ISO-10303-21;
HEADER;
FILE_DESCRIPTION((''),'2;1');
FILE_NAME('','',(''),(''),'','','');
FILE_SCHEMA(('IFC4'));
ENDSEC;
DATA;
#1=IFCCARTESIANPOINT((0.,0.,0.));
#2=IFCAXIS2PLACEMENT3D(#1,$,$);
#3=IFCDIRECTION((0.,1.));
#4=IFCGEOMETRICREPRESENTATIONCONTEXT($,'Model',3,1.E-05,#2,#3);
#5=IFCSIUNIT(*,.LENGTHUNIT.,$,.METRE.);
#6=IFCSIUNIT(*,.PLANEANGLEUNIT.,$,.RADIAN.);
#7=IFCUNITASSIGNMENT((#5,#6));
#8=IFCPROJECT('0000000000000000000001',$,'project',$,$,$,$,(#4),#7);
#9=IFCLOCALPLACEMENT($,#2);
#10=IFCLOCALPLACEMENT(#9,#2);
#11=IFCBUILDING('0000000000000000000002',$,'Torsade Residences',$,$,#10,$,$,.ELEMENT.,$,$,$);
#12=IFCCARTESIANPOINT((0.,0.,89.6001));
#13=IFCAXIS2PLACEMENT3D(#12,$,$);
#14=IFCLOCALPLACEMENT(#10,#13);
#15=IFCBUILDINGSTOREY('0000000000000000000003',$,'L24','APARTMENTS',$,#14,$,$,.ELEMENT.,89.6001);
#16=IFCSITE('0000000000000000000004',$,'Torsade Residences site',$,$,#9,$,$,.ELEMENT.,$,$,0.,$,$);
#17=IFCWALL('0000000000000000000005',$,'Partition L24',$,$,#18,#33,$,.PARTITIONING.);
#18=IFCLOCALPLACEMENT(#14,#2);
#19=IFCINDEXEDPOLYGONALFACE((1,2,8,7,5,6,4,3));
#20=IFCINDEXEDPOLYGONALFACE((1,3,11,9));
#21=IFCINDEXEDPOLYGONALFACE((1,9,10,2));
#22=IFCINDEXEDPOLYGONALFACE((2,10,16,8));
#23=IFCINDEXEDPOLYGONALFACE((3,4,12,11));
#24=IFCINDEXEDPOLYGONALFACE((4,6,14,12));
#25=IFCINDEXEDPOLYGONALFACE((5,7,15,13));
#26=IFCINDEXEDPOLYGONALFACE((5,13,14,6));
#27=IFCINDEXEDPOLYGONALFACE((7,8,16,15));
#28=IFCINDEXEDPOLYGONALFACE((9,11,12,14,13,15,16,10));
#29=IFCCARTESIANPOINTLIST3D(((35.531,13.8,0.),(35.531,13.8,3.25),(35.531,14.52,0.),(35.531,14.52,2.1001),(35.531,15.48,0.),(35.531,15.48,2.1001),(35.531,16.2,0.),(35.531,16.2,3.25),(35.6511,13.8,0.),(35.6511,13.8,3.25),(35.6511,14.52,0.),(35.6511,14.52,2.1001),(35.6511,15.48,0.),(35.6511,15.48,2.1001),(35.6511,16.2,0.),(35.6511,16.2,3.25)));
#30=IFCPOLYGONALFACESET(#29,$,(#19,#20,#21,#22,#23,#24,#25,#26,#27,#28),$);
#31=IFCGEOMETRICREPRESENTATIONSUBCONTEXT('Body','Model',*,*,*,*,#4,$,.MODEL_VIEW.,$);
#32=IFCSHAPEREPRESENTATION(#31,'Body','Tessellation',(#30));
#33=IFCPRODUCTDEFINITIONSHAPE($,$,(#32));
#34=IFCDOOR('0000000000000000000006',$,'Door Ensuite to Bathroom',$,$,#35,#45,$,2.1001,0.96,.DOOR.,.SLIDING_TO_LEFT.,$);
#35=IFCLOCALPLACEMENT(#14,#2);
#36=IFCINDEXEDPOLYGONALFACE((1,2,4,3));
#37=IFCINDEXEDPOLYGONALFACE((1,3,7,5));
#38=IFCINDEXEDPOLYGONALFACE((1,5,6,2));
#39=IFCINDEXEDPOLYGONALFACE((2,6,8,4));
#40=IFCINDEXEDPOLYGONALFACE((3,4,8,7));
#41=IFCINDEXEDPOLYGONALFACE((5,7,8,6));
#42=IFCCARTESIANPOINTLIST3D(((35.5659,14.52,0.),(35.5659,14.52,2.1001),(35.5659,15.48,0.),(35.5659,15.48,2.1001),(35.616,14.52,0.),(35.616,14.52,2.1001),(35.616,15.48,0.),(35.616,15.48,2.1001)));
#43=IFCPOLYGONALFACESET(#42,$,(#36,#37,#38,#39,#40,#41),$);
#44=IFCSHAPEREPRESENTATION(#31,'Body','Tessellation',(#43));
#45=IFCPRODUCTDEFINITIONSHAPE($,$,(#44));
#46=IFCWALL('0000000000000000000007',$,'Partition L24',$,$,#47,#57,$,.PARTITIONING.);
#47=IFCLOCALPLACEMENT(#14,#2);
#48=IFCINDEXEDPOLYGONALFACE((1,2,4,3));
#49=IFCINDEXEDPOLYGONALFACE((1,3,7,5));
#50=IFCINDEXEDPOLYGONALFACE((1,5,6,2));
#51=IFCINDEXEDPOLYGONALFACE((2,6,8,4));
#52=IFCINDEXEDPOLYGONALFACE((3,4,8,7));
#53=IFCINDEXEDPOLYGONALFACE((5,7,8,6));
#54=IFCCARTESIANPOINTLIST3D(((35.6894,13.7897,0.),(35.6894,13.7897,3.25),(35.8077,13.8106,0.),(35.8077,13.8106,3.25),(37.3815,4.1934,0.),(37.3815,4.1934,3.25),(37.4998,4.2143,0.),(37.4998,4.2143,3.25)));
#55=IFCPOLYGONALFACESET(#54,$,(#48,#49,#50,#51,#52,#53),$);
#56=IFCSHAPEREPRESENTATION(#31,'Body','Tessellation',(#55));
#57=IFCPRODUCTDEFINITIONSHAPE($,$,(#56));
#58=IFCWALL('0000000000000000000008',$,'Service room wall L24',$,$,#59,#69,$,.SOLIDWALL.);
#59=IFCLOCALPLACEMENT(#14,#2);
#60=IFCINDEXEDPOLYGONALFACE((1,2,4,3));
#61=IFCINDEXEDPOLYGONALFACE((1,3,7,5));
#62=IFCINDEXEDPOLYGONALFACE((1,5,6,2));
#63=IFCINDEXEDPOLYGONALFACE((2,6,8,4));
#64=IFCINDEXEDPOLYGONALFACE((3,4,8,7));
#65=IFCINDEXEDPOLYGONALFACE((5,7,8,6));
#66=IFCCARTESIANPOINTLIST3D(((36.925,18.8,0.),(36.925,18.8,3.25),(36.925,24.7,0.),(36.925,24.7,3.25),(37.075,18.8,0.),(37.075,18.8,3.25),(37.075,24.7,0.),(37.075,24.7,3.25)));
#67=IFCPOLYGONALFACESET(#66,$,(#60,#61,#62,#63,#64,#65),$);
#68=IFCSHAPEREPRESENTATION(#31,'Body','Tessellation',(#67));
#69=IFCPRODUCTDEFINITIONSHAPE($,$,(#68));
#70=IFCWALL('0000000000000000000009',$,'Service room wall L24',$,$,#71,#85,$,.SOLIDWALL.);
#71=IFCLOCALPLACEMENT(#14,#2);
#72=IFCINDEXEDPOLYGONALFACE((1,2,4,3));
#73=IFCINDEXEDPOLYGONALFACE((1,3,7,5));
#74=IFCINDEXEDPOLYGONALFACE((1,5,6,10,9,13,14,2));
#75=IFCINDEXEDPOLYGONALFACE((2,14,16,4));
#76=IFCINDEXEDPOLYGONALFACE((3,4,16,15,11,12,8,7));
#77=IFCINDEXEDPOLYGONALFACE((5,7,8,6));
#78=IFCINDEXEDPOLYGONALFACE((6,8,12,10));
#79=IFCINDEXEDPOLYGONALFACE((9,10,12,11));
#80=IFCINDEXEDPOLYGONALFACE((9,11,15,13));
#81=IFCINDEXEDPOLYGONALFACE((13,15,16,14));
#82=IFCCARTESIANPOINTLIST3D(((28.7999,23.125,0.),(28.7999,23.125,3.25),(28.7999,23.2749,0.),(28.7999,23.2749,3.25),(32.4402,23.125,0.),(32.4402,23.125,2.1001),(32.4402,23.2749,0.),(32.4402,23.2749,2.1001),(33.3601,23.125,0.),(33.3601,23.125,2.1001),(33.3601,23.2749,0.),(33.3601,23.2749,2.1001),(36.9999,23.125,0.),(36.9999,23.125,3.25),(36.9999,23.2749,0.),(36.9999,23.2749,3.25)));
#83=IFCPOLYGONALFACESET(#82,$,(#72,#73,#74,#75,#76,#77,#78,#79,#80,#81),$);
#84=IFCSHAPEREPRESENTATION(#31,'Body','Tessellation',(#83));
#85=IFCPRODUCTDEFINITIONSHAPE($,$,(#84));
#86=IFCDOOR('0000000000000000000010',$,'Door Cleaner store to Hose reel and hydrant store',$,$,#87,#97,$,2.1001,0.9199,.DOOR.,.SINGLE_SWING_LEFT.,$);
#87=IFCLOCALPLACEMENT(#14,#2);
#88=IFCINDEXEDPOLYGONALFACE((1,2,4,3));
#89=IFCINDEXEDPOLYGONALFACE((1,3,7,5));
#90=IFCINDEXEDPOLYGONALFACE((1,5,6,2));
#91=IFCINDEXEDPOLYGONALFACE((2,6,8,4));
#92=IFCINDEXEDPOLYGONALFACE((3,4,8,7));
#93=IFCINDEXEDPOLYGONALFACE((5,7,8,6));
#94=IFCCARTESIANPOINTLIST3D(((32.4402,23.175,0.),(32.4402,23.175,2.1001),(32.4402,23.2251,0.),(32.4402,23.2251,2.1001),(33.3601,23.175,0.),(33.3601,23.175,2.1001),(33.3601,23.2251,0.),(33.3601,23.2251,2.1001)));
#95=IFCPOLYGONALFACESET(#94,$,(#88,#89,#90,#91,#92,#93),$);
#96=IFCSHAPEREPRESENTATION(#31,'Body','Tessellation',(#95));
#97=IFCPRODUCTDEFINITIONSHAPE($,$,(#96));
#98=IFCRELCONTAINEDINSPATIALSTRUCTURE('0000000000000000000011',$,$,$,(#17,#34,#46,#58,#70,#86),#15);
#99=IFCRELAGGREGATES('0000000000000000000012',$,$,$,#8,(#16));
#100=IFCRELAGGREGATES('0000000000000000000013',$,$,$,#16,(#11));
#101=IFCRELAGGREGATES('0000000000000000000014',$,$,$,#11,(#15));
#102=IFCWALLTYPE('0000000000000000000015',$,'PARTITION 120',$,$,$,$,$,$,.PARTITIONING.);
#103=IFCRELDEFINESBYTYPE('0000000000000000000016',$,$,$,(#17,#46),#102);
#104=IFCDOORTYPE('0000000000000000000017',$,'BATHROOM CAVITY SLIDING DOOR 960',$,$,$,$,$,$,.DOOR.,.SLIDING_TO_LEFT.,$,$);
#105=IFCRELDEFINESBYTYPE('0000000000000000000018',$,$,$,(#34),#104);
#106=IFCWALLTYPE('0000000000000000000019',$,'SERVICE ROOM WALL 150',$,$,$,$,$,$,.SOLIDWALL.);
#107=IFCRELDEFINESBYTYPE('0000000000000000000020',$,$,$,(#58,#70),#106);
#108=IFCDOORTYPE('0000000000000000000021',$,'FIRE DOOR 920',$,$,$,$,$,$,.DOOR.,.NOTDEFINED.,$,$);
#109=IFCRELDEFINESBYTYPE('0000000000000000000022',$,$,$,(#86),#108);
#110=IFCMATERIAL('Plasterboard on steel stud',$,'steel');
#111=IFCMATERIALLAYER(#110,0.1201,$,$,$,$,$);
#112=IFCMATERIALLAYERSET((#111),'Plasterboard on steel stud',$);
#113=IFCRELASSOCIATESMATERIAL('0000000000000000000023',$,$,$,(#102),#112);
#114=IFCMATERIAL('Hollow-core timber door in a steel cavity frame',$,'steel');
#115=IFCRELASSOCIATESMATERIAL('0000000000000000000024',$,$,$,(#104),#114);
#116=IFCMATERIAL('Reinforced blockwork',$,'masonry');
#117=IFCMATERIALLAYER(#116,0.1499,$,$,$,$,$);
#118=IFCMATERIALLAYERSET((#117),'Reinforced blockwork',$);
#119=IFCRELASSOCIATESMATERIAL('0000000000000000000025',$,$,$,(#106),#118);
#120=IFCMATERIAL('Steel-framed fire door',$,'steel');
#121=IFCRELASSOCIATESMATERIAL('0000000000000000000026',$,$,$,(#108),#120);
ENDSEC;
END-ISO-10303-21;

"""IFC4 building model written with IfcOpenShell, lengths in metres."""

from ifc_helpers import new_model, si_unit, direction, frame, frame_2d, origin, place, context, subcontext, project, spatial, rectangle, extrude, material, layer, layer_set, type_object, element, fill, save


model = new_model("IFC4")

# Units and contexts
model_context = context("Model", 3, precision=1e-05, world=origin(), true_north=direction((0.0, 1.0)))
body_context = subcontext(model_context, "Body", "Model", "MODEL_VIEW")
ifc_project = project(units=[si_unit("LENGTHUNIT", "METRE"), si_unit("PLANEANGLEUNIT", "RADIAN")], contexts=[model_context])

# Site, building, storey
site_placement = place(None, origin())
site = spatial("IfcSite", under=ifc_project, at=site_placement, Name="Torsade Residences site", CompositionType="ELEMENT", RefElevation=0.0)
building_placement = place(site_placement, origin())
building = spatial("IfcBuilding", under=site, at=building_placement, Name="Torsade Residences", CompositionType="ELEMENT")
storey_placement = place(building_placement, frame((0.0, 0.0, 89.6001)))
storey = spatial("IfcBuildingStorey", under=building, at=storey_placement, Name="L24", Description="APARTMENTS", CompositionType="ELEMENT", Elevation=89.6001)

# Wall, opening, door
ifc_material_1 = material(Name="Plasterboard on steel stud", Category="steel")
ifc_layer_1 = layer(ifc_material_1, 0.1201)
ifc_layer_set_1 = layer_set([ifc_layer_1], Name="Plasterboard on steel stud")
wall_type_1 = type_object("IfcWallType", Name="PARTITION 120", PredefinedType="PARTITIONING", material=ifc_layer_set_1)
ifc_material_2 = material(Name="Hollow-core timber door in a steel cavity frame", Category="steel")
door_type_1 = type_object("IfcDoorType", Name="BATHROOM CAVITY SLIDING DOOR 960", OperationType="SLIDING_TO_LEFT", PredefinedType="DOOR", material=ifc_material_2)
wall_1_placement = place(storey_placement, frame((35.5911, 16.2, 0.0), z_axis=(0.0, 0.0, 1.0), x_axis=(0.0, -1.0, 0.0)))
wall_1 = element("IfcWall", 1, at=wall_1_placement, inside=storey, type_object=wall_type_1, Name="Partition L24", PredefinedType="PARTITIONING", context=body_context, shape_type="SweptSolid", body=[
    extrude(rectangle(XDim=2.3999, YDim=0.1201, at=frame_2d((1.2, 0.0))), origin(), (0.0, 0.0, 1.0), 3.25),
])
opening_1_placement = place(wall_1_placement, frame((0.72, 0.0, 0.0)))
opening_1 = element("IfcOpeningElement", 2, at=opening_1_placement, cuts=wall_1, PredefinedType="OPENING", context=body_context, shape_type="SweptSolid", body=[
    extrude(rectangle(XDim=0.96, YDim=2.1001, at=frame_2d((0.48, 1.05))), frame((0.0, 0.0701, 0.0), z_axis=(0.0, -1.0, 0.0), x_axis=(1.0, 0.0, 0.0)), (0.0, 0.0, 1.0), 0.1401),
])
door_1_placement = place(opening_1_placement, origin())
door_1 = element("IfcDoor", 3, at=door_1_placement, inside=storey, type_object=door_type_1, Name="Door Ensuite to Bathroom", OperationType="SLIDING_TO_LEFT", OverallHeight=2.1001, OverallWidth=0.96, PredefinedType="DOOR", context=body_context, shape_type="SweptSolid", body=[
    extrude(rectangle(XDim=0.96, YDim=2.1001, at=frame_2d((0.48, 1.05))), frame((0.0, 0.0249, 0.0), z_axis=(0.0, -1.0, 0.0), x_axis=(1.0, 0.0, 0.0)), (0.0, 0.0, 1.0), 0.05),
])
fill(opening_1, door_1)

# Walls
wall_2_placement = place(storey_placement, frame((35.7485, 13.8, 0.0), z_axis=(0.0, 0.0, 1.0), x_axis=(0.173651, -0.984807, 0.0)))
element("IfcWall", 4, at=wall_2_placement, inside=storey, type_object=wall_type_1, Name="Partition L24", PredefinedType="PARTITIONING", context=body_context, shape_type="SweptSolid", body=[
    extrude(rectangle(XDim=9.7444, YDim=0.1201, at=frame_2d((4.8721, 0.0))), origin(), (0.0, 0.0, 1.0), 3.25),
])
ifc_material_3 = material(Name="Reinforced blockwork", Category="masonry")
ifc_layer_2 = layer(ifc_material_3, 0.1499)
ifc_layer_set_2 = layer_set([ifc_layer_2], Name="Reinforced blockwork")
wall_type_2 = type_object("IfcWallType", Name="SERVICE ROOM WALL 150", PredefinedType="SOLIDWALL", material=ifc_layer_set_2)
wall_3_placement = place(storey_placement, frame((37.0, 18.8, 0.0), z_axis=(0.0, 0.0, 1.0), x_axis=(0.0, 1.0, 0.0)))
element("IfcWall", 5, at=wall_3_placement, inside=storey, type_object=wall_type_2, Name="Service room wall L24", PredefinedType="SOLIDWALL", context=body_context, shape_type="SweptSolid", body=[
    extrude(rectangle(XDim=5.8999, YDim=0.1499, at=frame_2d((2.95, 0.0))), origin(), (0.0, 0.0, 1.0), 3.25),
])

# Wall, opening, door
wall_4_placement = place(storey_placement, frame((37.0, 23.2, 0.0), z_axis=(0.0, 0.0, 1.0), x_axis=(-1.0, 0.0, 0.0)))
wall_4 = element("IfcWall", 6, at=wall_4_placement, inside=storey, type_object=wall_type_2, Name="Service room wall L24", PredefinedType="SOLIDWALL", context=body_context, shape_type="SweptSolid", body=[
    extrude(rectangle(XDim=8.2, YDim=0.1499, at=frame_2d((4.1001, 0.0))), origin(), (0.0, 0.0, 1.0), 3.25),
])
opening_2_placement = place(wall_4_placement, frame((3.6399, 0.0, 0.0)))
opening_2 = element("IfcOpeningElement", 7, at=opening_2_placement, cuts=wall_4, PredefinedType="OPENING", context=body_context, shape_type="SweptSolid", body=[
    extrude(rectangle(XDim=0.9199, YDim=2.1001, at=frame_2d((0.46, 1.05))), frame((0.0, 0.085, 0.0), z_axis=(0.0, -1.0, 0.0), x_axis=(1.0, 0.0, 0.0)), (0.0, 0.0, 1.0), 0.1699),
])
ifc_material_4 = material(Name="Steel-framed fire door", Category="steel")
door_type_2 = type_object("IfcDoorType", Name="FIRE DOOR 920", OperationType="NOTDEFINED", PredefinedType="DOOR", material=ifc_material_4)
door_2_placement = place(opening_2_placement, origin())
door_2 = element("IfcDoor", 8, at=door_2_placement, inside=storey, type_object=door_type_2, Name="Door Cleaner store to Hose reel and hydrant store", OperationType="SINGLE_SWING_LEFT", OverallHeight=2.1001, OverallWidth=0.9199, PredefinedType="DOOR", context=body_context, shape_type="SweptSolid", body=[
    extrude(rectangle(XDim=0.9199, YDim=2.1001, at=frame_2d((0.46, 1.05))), frame((0.0, 0.0249, 0.0), z_axis=(0.0, -1.0, 0.0), x_axis=(1.0, 0.0, 0.0)), (0.0, 0.0, 1.0), 0.05),
])
fill(opening_2, door_2)

save(model, "model.ifc")
